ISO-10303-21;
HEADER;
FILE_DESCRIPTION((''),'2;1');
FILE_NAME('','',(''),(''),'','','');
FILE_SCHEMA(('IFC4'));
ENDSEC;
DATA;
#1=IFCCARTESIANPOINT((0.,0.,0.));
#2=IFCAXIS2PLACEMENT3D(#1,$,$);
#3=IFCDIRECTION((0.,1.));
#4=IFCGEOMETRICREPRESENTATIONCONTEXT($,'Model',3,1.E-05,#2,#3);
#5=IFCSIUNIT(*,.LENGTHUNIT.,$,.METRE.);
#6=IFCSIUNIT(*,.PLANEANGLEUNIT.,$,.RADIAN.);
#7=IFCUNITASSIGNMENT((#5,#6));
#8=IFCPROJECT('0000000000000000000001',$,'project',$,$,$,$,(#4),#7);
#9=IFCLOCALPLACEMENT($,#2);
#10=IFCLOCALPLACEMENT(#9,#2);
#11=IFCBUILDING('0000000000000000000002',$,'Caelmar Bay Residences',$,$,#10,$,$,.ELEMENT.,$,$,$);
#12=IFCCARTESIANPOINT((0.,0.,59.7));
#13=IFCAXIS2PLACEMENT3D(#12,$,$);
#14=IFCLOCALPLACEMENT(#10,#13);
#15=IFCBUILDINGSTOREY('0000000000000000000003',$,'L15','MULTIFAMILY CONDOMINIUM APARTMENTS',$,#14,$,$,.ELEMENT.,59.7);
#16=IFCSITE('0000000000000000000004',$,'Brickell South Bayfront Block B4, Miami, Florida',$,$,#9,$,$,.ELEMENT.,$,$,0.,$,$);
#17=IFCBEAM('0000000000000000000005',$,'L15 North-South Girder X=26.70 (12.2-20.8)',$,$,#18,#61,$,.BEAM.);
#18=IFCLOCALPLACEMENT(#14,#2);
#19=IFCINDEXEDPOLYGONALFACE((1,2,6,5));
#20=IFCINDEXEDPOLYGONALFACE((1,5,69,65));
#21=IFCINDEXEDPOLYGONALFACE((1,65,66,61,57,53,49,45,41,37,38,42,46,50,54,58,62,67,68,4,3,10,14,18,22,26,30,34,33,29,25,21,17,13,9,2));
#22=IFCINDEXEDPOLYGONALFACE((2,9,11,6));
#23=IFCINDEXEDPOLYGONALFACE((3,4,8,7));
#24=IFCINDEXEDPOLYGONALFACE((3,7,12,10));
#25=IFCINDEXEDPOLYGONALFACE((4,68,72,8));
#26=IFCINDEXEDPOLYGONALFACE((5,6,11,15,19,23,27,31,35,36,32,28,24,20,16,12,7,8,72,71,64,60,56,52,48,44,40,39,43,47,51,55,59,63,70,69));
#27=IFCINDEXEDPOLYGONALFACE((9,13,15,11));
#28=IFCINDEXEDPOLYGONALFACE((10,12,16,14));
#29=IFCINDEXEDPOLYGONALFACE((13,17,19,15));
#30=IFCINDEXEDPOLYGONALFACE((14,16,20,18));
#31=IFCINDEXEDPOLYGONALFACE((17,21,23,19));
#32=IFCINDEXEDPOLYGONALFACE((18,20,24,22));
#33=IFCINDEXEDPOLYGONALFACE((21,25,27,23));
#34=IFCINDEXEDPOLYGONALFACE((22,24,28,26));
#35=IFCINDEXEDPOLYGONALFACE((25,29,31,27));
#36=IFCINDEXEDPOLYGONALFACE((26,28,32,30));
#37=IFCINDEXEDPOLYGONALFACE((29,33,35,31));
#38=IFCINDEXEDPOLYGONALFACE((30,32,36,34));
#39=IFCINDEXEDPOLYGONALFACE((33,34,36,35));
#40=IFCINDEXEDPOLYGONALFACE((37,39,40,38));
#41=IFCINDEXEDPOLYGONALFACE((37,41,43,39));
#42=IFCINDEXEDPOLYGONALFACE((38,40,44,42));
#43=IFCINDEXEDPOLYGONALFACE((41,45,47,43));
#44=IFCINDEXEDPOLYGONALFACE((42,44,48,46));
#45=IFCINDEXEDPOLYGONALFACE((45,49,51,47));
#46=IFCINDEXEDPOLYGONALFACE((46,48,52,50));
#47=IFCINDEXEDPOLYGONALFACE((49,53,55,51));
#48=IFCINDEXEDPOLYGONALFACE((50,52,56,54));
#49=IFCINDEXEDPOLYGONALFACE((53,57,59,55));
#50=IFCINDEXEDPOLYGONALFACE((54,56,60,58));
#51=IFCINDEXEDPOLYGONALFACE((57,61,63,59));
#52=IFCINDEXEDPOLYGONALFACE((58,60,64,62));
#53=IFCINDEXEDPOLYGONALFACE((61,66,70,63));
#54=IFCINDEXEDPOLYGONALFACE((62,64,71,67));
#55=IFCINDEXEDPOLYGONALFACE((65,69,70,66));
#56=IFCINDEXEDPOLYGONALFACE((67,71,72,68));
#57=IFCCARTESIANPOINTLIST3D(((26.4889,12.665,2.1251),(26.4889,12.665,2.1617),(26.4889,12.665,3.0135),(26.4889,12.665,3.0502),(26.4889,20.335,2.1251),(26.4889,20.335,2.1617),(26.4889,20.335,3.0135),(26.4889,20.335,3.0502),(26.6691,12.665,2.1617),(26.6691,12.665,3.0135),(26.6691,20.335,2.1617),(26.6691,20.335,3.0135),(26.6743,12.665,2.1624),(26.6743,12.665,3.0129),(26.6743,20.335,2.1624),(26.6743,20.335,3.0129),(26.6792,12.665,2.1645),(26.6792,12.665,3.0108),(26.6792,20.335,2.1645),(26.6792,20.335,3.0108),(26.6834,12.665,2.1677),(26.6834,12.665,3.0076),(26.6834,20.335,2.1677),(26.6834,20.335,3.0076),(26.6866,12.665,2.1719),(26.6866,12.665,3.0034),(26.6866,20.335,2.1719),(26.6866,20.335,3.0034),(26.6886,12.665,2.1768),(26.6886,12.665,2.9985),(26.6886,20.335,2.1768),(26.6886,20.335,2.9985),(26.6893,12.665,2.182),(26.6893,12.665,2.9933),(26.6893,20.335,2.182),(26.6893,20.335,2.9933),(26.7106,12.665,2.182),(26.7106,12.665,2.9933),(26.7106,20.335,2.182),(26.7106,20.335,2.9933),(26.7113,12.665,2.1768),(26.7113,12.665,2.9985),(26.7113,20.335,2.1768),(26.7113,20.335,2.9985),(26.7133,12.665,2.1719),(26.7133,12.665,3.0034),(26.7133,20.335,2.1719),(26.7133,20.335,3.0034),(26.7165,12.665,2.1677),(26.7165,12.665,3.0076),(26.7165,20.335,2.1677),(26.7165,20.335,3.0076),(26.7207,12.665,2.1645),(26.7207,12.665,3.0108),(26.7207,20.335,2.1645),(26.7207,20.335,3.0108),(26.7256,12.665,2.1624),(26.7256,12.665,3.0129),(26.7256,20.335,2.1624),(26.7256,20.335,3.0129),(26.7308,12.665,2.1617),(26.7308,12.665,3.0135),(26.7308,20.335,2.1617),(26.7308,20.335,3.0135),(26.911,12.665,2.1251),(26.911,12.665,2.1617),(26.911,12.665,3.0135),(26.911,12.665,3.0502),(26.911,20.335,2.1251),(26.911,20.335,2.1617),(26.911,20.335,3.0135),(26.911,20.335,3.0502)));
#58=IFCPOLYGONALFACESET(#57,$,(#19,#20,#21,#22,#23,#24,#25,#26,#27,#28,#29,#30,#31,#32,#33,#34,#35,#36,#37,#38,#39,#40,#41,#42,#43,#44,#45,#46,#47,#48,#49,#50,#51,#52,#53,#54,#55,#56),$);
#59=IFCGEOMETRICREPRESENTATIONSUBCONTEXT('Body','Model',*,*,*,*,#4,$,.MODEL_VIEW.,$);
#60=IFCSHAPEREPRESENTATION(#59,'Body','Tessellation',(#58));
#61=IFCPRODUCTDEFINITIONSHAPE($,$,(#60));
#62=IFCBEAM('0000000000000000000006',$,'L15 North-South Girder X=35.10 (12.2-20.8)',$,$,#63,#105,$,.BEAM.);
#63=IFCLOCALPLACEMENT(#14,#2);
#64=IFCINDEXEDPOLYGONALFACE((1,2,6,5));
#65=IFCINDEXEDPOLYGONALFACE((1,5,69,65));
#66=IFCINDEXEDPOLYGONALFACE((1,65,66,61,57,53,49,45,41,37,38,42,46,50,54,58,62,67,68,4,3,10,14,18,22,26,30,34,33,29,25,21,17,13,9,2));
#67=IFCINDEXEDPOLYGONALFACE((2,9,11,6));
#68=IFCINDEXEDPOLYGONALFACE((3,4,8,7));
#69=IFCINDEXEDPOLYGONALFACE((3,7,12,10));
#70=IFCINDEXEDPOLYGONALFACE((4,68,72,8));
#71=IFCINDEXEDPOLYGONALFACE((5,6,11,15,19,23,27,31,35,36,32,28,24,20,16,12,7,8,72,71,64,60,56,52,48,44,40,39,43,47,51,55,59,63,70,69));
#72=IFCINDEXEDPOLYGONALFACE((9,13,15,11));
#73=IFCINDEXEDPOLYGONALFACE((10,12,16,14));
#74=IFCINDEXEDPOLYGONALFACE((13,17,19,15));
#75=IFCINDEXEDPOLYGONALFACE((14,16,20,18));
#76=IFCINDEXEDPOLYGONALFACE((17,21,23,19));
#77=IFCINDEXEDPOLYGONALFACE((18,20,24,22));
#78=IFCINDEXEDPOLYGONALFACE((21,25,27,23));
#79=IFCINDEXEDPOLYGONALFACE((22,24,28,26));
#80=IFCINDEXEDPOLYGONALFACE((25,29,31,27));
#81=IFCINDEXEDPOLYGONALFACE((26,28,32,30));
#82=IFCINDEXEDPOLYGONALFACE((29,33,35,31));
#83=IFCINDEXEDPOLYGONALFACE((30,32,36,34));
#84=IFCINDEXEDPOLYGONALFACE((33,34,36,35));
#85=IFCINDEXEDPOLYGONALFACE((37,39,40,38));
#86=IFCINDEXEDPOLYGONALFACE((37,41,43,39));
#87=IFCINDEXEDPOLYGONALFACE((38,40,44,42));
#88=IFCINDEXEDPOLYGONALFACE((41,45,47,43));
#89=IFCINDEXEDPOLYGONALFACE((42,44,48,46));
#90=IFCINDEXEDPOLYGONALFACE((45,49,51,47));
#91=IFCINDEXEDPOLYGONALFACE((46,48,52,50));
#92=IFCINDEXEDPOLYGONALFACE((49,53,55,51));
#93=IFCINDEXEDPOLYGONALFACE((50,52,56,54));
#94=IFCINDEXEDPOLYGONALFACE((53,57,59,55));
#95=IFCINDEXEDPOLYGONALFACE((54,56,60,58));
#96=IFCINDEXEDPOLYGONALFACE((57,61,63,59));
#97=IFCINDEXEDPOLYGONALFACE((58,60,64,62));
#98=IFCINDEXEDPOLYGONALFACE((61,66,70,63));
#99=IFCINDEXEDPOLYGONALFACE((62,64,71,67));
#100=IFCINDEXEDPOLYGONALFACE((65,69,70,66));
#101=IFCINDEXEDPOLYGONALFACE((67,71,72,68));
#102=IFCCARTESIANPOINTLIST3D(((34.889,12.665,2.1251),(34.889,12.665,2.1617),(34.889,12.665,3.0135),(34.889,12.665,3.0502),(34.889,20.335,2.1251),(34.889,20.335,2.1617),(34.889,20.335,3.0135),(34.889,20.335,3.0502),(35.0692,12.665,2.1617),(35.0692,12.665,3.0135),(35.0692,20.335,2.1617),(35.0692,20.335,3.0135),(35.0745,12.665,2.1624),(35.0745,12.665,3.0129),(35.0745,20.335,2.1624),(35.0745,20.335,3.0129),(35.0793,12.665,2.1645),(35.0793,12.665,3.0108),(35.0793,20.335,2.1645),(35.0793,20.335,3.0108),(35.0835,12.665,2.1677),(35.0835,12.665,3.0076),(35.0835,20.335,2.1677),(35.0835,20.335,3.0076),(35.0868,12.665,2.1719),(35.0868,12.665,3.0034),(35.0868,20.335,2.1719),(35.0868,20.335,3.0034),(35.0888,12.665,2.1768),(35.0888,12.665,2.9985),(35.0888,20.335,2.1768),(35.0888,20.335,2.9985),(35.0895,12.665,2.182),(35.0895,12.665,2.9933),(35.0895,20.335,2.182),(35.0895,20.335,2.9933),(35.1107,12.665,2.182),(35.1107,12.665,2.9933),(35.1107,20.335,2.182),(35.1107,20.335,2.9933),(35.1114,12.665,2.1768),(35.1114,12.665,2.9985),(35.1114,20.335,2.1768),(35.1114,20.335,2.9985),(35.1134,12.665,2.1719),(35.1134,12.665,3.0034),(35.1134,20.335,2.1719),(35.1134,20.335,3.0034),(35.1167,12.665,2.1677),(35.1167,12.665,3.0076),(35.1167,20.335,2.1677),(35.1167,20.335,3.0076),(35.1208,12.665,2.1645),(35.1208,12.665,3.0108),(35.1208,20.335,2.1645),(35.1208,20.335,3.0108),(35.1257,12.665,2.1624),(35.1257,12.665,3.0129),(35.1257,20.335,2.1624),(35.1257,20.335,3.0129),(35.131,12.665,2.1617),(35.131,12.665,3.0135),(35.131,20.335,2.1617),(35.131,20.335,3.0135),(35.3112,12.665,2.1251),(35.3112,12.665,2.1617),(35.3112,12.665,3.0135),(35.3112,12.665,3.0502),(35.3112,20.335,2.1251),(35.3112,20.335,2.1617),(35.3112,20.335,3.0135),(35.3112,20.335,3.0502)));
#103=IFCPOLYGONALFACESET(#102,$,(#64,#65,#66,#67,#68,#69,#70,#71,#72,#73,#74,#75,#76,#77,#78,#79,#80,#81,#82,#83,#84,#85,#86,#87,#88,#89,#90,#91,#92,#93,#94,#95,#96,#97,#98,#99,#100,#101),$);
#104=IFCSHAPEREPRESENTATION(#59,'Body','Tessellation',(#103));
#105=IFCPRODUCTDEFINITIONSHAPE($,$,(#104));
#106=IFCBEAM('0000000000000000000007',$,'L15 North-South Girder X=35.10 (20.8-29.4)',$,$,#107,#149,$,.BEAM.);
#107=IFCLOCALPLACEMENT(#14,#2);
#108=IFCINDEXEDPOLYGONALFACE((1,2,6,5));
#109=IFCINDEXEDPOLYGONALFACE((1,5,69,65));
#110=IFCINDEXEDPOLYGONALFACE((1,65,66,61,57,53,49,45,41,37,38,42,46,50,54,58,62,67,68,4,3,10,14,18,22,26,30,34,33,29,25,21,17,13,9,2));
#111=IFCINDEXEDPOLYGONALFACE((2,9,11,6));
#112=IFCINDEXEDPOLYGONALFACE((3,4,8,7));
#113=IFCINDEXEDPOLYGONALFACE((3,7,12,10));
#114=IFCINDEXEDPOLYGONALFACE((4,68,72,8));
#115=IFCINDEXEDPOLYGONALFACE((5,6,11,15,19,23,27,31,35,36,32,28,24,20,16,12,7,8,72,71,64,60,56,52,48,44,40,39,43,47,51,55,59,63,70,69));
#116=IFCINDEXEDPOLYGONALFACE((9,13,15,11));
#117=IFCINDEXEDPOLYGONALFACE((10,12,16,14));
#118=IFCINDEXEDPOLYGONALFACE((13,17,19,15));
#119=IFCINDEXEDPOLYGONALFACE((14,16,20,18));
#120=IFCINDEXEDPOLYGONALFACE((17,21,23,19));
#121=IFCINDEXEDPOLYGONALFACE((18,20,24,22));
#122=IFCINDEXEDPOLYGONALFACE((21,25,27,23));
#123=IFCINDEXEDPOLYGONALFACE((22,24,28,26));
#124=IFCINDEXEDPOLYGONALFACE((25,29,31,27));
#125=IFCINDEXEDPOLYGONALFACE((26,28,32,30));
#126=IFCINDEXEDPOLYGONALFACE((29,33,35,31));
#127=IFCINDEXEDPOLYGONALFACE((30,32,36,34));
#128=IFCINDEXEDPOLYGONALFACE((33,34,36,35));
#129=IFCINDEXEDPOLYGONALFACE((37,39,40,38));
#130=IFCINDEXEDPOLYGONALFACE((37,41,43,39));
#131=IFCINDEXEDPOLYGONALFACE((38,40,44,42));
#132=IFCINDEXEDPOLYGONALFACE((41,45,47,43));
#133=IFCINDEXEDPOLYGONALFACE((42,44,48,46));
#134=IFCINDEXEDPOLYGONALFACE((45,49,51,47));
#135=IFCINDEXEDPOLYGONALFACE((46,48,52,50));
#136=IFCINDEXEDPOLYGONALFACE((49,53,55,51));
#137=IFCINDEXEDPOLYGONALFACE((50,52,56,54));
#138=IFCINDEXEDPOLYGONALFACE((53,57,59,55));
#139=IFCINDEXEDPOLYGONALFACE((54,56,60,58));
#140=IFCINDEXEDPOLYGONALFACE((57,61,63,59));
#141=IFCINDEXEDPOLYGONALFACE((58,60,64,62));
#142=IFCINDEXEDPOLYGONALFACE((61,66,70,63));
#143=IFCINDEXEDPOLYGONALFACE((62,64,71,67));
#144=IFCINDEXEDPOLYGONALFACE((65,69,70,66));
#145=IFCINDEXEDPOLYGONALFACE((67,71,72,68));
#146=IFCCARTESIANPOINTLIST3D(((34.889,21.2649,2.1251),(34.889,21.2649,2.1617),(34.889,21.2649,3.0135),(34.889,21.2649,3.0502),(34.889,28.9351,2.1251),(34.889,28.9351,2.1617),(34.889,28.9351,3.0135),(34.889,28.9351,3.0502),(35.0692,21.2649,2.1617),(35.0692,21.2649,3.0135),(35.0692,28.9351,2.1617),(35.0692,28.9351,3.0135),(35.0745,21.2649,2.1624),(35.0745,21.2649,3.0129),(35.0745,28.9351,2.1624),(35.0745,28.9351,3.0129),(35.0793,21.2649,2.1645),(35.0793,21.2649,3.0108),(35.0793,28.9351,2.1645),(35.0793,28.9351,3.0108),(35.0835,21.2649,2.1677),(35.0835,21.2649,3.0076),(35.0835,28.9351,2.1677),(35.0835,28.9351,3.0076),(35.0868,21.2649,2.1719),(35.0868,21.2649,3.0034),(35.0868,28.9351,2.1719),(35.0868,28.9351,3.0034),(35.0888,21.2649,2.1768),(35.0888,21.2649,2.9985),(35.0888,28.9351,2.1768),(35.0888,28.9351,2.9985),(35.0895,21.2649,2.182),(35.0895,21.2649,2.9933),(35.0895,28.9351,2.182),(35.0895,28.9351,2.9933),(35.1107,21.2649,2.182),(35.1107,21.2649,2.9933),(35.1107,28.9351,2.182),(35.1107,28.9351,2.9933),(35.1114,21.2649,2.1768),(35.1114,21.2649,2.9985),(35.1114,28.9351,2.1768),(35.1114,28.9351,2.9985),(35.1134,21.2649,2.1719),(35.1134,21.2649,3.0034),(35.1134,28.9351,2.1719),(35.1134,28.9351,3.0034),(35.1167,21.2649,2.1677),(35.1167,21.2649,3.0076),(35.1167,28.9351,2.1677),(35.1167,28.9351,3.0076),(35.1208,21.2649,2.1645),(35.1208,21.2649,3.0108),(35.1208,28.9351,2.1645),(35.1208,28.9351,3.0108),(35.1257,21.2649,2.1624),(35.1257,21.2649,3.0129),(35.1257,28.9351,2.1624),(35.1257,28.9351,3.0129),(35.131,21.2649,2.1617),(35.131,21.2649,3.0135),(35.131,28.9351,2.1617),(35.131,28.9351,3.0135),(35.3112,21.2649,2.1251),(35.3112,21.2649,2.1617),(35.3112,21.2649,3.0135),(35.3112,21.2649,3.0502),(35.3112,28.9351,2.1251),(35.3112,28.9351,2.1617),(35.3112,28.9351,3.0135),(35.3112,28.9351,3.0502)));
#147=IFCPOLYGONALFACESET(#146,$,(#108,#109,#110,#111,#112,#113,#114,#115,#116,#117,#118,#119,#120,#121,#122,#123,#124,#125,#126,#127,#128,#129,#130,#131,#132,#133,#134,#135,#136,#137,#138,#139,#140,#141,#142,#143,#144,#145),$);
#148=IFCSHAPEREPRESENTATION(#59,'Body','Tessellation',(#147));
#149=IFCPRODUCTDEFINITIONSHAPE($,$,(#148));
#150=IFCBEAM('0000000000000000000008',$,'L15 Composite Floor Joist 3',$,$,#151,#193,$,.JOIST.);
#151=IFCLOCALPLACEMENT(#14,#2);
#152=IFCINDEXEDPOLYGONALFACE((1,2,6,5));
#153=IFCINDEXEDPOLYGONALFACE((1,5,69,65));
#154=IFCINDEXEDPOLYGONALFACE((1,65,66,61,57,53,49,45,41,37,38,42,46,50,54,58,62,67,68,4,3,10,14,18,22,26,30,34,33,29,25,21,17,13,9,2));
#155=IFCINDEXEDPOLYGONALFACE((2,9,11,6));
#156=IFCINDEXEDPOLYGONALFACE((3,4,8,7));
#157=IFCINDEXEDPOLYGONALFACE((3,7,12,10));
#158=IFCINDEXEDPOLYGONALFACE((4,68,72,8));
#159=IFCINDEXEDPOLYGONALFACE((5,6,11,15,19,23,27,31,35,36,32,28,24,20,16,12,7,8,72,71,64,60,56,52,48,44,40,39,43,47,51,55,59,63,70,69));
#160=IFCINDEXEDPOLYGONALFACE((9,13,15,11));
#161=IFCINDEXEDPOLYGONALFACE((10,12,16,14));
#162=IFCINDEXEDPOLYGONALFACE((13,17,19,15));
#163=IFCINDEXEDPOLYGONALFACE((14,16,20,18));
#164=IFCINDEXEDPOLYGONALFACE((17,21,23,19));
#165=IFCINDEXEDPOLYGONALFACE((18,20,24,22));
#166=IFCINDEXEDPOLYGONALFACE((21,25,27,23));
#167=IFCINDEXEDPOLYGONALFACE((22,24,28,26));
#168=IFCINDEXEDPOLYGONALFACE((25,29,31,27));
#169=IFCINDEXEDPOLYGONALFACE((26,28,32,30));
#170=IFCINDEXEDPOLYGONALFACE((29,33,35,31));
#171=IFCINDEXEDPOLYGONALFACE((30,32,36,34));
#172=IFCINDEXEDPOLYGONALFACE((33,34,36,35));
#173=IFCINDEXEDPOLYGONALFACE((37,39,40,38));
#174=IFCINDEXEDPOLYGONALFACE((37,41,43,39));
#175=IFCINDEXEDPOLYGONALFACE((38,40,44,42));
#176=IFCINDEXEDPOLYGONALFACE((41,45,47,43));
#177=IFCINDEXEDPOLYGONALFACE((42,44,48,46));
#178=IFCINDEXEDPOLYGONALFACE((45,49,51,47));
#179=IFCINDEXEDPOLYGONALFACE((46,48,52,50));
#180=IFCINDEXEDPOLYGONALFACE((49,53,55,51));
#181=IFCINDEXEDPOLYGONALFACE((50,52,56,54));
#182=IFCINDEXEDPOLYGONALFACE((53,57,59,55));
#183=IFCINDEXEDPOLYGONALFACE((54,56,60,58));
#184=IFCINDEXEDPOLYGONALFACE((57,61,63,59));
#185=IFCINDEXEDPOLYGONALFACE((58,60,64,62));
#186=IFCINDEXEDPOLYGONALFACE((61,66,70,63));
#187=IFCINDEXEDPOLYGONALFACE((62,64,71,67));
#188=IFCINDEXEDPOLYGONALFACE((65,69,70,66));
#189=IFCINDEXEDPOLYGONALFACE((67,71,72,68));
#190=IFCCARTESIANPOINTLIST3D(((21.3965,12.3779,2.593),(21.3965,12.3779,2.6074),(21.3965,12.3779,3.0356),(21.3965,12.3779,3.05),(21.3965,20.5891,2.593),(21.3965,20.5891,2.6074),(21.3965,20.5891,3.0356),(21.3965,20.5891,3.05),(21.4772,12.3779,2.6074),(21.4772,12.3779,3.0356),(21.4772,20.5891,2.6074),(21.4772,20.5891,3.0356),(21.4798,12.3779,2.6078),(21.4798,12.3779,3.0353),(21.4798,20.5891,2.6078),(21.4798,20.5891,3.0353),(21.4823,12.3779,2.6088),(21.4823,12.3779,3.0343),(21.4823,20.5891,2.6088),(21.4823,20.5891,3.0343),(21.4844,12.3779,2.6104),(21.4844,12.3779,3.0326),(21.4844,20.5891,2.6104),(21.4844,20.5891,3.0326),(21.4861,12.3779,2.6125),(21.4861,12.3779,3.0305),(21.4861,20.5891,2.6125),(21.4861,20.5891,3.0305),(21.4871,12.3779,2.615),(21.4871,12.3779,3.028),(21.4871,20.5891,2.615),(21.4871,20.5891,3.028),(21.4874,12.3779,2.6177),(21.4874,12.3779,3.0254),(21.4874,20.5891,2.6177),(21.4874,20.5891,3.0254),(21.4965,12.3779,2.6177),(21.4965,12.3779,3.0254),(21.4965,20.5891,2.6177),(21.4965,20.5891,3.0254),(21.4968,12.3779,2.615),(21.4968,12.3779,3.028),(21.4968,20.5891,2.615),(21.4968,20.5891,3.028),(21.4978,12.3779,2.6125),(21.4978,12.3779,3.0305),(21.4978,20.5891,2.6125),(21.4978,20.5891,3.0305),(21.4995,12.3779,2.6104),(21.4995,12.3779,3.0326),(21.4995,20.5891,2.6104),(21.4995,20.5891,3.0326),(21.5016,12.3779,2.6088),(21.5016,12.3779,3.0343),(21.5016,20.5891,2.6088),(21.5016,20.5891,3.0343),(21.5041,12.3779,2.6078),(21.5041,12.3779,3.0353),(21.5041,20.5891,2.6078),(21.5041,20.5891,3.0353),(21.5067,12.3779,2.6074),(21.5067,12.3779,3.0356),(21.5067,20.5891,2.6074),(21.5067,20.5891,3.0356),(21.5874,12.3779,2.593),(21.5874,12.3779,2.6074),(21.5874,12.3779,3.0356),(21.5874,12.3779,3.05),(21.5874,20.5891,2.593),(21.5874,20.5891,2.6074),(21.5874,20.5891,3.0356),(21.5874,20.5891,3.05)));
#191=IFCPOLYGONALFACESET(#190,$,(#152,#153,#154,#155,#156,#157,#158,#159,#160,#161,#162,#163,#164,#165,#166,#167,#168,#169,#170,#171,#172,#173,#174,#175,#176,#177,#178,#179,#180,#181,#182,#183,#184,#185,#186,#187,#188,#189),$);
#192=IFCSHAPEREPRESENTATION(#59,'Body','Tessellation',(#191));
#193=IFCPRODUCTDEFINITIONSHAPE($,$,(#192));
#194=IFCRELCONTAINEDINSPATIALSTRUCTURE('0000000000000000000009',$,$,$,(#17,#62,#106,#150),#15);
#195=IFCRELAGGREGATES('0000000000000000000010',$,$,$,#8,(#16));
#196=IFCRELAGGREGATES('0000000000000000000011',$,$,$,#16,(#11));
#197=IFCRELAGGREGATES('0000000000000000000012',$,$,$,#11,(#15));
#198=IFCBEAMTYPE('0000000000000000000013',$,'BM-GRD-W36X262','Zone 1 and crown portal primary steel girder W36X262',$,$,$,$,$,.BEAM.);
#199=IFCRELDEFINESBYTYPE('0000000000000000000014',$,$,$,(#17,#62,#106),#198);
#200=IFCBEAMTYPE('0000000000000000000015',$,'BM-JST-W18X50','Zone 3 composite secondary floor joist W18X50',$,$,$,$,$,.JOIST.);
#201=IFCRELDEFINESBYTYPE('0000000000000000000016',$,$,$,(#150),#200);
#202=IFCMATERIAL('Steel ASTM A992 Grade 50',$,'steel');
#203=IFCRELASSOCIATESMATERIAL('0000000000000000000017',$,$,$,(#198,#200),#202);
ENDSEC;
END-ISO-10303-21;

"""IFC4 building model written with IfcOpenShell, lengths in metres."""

from ifc_helpers import new_model, si_unit, direction, frame, origin, origin_2d, place, context, subcontext, project, spatial, i_section, extrude, material, material_profile, profile_set, type_object, element, save


model = new_model("IFC4")

# Units and contexts
model_context = context("Model", 3, precision=1e-05, world=origin(), true_north=direction((0.0, 1.0)))
body_context = subcontext(model_context, "Body", "Model", "MODEL_VIEW")
ifc_project = project(units=[si_unit("LENGTHUNIT", "METRE"), si_unit("PLANEANGLEUNIT", "RADIAN")], contexts=[model_context])

# Site, building, storey
site_placement = place(None, origin())
site = spatial("IfcSite", under=ifc_project, at=site_placement, Name="Brickell South Bayfront Block B4, Miami, Florida", CompositionType="ELEMENT", RefElevation=0.0)
building_placement = place(site_placement, origin())
building = spatial("IfcBuilding", under=site, at=building_placement, Name="Caelmar Bay Residences", CompositionType="ELEMENT")
storey_placement = place(building_placement, frame((0.0, 0.0, 59.7)))
storey = spatial("IfcBuildingStorey", under=building, at=storey_placement, Name="L15", Description="MULTIFAMILY CONDOMINIUM APARTMENTS", CompositionType="ELEMENT", Elevation=59.7)

# Beams
ifc_material_1 = material(Name="Steel ASTM A992 Grade 50", Category="steel")
ifc_material_profile_1 = material_profile(ifc_material_1, i_section(OverallWidth=0.4221, OverallDepth=0.925, WebThickness=0.0212, FlangeThickness=0.0366, FilletRadius=0.0203, at=origin_2d()), Name="W36X262")
ifc_profile_set_1 = profile_set([ifc_material_profile_1], Name="Steel ASTM A992 Grade 50")
beam_type_1 = type_object("IfcBeamType", Name="BM-GRD-W36X262", Description="Zone 1 and crown portal primary steel girder W36X262", PredefinedType="BEAM", material=ifc_profile_set_1)
for number, where, z_axis, x_axis, name in (
    (1, (26.7, 12.665, 2.5876), (0.0, 1.0, 0.0), (-1.0, 0.0, 0.0), "L15 North-South Girder X=26.70 (12.2-20.8)"),
    (2, (35.1001, 12.665, 2.5876), (0.0, 1.0, 0.0), (-1.0, 0.0, 0.0), "L15 North-South Girder X=35.10 (12.2-20.8)"),
):
    element("IfcBeam", number, at=place(storey_placement, frame(where, z_axis=z_axis, x_axis=x_axis)), inside=storey, type_object=beam_type_1, Name=name, PredefinedType="BEAM", context=body_context, shape_type="SweptSolid", body=[
        extrude(i_section(OverallWidth=0.4221, OverallDepth=0.925, WebThickness=0.0212, FlangeThickness=0.0366, FilletRadius=0.0203, at=origin_2d()), origin(), (0.0, 0.0, 1.0), 7.6699),
    ])
beam_1_placement = place(storey_placement, frame((35.1001, 21.2649, 2.5876), z_axis=(0.0, 1.0, 0.0), x_axis=(-1.0, 0.0, 0.0)))
element("IfcBeam", 3, at=beam_1_placement, inside=storey, type_object=beam_type_1, Name="L15 North-South Girder X=35.10 (20.8-29.4)", PredefinedType="BEAM", context=body_context, shape_type="SweptSolid", body=[
    extrude(i_section(OverallWidth=0.4221, OverallDepth=0.925, WebThickness=0.0212, FlangeThickness=0.0366, FilletRadius=0.0203, at=origin_2d()), origin(), (0.0, 0.0, 1.0), 7.6702),
])
ifc_material_profile_2 = material_profile(ifc_material_1, i_section(OverallWidth=0.1909, OverallDepth=0.457, WebThickness=0.009, FlangeThickness=0.0144, FilletRadius=0.0103, at=origin_2d()), Name="W18X50")
ifc_profile_set_2 = profile_set([ifc_material_profile_2], Name="Steel ASTM A992 Grade 50")
beam_type_2 = type_object("IfcBeamType", Name="BM-JST-W18X50", Description="Zone 3 composite secondary floor joist W18X50", PredefinedType="JOIST", material=ifc_profile_set_2)
for number, where, z_axis, x_axis, name in (
    (4, (21.4919, 12.3779, 2.8215), (0.0, 1.0, 0.0), (-1.0, 0.0, 0.0), "L15 Composite Floor Joist 3"),
):
    element("IfcBeam", number, at=place(storey_placement, frame(where, z_axis=z_axis, x_axis=x_axis)), inside=storey, type_object=beam_type_2, Name=name, PredefinedType="JOIST", context=body_context, shape_type="SweptSolid", body=[
        extrude(i_section(OverallWidth=0.1909, OverallDepth=0.457, WebThickness=0.009, FlangeThickness=0.0144, FilletRadius=0.0103, at=origin_2d()), origin(), (0.0, 0.0, 1.0), 8.2112),
    ])

save(model, "model.ifc")
